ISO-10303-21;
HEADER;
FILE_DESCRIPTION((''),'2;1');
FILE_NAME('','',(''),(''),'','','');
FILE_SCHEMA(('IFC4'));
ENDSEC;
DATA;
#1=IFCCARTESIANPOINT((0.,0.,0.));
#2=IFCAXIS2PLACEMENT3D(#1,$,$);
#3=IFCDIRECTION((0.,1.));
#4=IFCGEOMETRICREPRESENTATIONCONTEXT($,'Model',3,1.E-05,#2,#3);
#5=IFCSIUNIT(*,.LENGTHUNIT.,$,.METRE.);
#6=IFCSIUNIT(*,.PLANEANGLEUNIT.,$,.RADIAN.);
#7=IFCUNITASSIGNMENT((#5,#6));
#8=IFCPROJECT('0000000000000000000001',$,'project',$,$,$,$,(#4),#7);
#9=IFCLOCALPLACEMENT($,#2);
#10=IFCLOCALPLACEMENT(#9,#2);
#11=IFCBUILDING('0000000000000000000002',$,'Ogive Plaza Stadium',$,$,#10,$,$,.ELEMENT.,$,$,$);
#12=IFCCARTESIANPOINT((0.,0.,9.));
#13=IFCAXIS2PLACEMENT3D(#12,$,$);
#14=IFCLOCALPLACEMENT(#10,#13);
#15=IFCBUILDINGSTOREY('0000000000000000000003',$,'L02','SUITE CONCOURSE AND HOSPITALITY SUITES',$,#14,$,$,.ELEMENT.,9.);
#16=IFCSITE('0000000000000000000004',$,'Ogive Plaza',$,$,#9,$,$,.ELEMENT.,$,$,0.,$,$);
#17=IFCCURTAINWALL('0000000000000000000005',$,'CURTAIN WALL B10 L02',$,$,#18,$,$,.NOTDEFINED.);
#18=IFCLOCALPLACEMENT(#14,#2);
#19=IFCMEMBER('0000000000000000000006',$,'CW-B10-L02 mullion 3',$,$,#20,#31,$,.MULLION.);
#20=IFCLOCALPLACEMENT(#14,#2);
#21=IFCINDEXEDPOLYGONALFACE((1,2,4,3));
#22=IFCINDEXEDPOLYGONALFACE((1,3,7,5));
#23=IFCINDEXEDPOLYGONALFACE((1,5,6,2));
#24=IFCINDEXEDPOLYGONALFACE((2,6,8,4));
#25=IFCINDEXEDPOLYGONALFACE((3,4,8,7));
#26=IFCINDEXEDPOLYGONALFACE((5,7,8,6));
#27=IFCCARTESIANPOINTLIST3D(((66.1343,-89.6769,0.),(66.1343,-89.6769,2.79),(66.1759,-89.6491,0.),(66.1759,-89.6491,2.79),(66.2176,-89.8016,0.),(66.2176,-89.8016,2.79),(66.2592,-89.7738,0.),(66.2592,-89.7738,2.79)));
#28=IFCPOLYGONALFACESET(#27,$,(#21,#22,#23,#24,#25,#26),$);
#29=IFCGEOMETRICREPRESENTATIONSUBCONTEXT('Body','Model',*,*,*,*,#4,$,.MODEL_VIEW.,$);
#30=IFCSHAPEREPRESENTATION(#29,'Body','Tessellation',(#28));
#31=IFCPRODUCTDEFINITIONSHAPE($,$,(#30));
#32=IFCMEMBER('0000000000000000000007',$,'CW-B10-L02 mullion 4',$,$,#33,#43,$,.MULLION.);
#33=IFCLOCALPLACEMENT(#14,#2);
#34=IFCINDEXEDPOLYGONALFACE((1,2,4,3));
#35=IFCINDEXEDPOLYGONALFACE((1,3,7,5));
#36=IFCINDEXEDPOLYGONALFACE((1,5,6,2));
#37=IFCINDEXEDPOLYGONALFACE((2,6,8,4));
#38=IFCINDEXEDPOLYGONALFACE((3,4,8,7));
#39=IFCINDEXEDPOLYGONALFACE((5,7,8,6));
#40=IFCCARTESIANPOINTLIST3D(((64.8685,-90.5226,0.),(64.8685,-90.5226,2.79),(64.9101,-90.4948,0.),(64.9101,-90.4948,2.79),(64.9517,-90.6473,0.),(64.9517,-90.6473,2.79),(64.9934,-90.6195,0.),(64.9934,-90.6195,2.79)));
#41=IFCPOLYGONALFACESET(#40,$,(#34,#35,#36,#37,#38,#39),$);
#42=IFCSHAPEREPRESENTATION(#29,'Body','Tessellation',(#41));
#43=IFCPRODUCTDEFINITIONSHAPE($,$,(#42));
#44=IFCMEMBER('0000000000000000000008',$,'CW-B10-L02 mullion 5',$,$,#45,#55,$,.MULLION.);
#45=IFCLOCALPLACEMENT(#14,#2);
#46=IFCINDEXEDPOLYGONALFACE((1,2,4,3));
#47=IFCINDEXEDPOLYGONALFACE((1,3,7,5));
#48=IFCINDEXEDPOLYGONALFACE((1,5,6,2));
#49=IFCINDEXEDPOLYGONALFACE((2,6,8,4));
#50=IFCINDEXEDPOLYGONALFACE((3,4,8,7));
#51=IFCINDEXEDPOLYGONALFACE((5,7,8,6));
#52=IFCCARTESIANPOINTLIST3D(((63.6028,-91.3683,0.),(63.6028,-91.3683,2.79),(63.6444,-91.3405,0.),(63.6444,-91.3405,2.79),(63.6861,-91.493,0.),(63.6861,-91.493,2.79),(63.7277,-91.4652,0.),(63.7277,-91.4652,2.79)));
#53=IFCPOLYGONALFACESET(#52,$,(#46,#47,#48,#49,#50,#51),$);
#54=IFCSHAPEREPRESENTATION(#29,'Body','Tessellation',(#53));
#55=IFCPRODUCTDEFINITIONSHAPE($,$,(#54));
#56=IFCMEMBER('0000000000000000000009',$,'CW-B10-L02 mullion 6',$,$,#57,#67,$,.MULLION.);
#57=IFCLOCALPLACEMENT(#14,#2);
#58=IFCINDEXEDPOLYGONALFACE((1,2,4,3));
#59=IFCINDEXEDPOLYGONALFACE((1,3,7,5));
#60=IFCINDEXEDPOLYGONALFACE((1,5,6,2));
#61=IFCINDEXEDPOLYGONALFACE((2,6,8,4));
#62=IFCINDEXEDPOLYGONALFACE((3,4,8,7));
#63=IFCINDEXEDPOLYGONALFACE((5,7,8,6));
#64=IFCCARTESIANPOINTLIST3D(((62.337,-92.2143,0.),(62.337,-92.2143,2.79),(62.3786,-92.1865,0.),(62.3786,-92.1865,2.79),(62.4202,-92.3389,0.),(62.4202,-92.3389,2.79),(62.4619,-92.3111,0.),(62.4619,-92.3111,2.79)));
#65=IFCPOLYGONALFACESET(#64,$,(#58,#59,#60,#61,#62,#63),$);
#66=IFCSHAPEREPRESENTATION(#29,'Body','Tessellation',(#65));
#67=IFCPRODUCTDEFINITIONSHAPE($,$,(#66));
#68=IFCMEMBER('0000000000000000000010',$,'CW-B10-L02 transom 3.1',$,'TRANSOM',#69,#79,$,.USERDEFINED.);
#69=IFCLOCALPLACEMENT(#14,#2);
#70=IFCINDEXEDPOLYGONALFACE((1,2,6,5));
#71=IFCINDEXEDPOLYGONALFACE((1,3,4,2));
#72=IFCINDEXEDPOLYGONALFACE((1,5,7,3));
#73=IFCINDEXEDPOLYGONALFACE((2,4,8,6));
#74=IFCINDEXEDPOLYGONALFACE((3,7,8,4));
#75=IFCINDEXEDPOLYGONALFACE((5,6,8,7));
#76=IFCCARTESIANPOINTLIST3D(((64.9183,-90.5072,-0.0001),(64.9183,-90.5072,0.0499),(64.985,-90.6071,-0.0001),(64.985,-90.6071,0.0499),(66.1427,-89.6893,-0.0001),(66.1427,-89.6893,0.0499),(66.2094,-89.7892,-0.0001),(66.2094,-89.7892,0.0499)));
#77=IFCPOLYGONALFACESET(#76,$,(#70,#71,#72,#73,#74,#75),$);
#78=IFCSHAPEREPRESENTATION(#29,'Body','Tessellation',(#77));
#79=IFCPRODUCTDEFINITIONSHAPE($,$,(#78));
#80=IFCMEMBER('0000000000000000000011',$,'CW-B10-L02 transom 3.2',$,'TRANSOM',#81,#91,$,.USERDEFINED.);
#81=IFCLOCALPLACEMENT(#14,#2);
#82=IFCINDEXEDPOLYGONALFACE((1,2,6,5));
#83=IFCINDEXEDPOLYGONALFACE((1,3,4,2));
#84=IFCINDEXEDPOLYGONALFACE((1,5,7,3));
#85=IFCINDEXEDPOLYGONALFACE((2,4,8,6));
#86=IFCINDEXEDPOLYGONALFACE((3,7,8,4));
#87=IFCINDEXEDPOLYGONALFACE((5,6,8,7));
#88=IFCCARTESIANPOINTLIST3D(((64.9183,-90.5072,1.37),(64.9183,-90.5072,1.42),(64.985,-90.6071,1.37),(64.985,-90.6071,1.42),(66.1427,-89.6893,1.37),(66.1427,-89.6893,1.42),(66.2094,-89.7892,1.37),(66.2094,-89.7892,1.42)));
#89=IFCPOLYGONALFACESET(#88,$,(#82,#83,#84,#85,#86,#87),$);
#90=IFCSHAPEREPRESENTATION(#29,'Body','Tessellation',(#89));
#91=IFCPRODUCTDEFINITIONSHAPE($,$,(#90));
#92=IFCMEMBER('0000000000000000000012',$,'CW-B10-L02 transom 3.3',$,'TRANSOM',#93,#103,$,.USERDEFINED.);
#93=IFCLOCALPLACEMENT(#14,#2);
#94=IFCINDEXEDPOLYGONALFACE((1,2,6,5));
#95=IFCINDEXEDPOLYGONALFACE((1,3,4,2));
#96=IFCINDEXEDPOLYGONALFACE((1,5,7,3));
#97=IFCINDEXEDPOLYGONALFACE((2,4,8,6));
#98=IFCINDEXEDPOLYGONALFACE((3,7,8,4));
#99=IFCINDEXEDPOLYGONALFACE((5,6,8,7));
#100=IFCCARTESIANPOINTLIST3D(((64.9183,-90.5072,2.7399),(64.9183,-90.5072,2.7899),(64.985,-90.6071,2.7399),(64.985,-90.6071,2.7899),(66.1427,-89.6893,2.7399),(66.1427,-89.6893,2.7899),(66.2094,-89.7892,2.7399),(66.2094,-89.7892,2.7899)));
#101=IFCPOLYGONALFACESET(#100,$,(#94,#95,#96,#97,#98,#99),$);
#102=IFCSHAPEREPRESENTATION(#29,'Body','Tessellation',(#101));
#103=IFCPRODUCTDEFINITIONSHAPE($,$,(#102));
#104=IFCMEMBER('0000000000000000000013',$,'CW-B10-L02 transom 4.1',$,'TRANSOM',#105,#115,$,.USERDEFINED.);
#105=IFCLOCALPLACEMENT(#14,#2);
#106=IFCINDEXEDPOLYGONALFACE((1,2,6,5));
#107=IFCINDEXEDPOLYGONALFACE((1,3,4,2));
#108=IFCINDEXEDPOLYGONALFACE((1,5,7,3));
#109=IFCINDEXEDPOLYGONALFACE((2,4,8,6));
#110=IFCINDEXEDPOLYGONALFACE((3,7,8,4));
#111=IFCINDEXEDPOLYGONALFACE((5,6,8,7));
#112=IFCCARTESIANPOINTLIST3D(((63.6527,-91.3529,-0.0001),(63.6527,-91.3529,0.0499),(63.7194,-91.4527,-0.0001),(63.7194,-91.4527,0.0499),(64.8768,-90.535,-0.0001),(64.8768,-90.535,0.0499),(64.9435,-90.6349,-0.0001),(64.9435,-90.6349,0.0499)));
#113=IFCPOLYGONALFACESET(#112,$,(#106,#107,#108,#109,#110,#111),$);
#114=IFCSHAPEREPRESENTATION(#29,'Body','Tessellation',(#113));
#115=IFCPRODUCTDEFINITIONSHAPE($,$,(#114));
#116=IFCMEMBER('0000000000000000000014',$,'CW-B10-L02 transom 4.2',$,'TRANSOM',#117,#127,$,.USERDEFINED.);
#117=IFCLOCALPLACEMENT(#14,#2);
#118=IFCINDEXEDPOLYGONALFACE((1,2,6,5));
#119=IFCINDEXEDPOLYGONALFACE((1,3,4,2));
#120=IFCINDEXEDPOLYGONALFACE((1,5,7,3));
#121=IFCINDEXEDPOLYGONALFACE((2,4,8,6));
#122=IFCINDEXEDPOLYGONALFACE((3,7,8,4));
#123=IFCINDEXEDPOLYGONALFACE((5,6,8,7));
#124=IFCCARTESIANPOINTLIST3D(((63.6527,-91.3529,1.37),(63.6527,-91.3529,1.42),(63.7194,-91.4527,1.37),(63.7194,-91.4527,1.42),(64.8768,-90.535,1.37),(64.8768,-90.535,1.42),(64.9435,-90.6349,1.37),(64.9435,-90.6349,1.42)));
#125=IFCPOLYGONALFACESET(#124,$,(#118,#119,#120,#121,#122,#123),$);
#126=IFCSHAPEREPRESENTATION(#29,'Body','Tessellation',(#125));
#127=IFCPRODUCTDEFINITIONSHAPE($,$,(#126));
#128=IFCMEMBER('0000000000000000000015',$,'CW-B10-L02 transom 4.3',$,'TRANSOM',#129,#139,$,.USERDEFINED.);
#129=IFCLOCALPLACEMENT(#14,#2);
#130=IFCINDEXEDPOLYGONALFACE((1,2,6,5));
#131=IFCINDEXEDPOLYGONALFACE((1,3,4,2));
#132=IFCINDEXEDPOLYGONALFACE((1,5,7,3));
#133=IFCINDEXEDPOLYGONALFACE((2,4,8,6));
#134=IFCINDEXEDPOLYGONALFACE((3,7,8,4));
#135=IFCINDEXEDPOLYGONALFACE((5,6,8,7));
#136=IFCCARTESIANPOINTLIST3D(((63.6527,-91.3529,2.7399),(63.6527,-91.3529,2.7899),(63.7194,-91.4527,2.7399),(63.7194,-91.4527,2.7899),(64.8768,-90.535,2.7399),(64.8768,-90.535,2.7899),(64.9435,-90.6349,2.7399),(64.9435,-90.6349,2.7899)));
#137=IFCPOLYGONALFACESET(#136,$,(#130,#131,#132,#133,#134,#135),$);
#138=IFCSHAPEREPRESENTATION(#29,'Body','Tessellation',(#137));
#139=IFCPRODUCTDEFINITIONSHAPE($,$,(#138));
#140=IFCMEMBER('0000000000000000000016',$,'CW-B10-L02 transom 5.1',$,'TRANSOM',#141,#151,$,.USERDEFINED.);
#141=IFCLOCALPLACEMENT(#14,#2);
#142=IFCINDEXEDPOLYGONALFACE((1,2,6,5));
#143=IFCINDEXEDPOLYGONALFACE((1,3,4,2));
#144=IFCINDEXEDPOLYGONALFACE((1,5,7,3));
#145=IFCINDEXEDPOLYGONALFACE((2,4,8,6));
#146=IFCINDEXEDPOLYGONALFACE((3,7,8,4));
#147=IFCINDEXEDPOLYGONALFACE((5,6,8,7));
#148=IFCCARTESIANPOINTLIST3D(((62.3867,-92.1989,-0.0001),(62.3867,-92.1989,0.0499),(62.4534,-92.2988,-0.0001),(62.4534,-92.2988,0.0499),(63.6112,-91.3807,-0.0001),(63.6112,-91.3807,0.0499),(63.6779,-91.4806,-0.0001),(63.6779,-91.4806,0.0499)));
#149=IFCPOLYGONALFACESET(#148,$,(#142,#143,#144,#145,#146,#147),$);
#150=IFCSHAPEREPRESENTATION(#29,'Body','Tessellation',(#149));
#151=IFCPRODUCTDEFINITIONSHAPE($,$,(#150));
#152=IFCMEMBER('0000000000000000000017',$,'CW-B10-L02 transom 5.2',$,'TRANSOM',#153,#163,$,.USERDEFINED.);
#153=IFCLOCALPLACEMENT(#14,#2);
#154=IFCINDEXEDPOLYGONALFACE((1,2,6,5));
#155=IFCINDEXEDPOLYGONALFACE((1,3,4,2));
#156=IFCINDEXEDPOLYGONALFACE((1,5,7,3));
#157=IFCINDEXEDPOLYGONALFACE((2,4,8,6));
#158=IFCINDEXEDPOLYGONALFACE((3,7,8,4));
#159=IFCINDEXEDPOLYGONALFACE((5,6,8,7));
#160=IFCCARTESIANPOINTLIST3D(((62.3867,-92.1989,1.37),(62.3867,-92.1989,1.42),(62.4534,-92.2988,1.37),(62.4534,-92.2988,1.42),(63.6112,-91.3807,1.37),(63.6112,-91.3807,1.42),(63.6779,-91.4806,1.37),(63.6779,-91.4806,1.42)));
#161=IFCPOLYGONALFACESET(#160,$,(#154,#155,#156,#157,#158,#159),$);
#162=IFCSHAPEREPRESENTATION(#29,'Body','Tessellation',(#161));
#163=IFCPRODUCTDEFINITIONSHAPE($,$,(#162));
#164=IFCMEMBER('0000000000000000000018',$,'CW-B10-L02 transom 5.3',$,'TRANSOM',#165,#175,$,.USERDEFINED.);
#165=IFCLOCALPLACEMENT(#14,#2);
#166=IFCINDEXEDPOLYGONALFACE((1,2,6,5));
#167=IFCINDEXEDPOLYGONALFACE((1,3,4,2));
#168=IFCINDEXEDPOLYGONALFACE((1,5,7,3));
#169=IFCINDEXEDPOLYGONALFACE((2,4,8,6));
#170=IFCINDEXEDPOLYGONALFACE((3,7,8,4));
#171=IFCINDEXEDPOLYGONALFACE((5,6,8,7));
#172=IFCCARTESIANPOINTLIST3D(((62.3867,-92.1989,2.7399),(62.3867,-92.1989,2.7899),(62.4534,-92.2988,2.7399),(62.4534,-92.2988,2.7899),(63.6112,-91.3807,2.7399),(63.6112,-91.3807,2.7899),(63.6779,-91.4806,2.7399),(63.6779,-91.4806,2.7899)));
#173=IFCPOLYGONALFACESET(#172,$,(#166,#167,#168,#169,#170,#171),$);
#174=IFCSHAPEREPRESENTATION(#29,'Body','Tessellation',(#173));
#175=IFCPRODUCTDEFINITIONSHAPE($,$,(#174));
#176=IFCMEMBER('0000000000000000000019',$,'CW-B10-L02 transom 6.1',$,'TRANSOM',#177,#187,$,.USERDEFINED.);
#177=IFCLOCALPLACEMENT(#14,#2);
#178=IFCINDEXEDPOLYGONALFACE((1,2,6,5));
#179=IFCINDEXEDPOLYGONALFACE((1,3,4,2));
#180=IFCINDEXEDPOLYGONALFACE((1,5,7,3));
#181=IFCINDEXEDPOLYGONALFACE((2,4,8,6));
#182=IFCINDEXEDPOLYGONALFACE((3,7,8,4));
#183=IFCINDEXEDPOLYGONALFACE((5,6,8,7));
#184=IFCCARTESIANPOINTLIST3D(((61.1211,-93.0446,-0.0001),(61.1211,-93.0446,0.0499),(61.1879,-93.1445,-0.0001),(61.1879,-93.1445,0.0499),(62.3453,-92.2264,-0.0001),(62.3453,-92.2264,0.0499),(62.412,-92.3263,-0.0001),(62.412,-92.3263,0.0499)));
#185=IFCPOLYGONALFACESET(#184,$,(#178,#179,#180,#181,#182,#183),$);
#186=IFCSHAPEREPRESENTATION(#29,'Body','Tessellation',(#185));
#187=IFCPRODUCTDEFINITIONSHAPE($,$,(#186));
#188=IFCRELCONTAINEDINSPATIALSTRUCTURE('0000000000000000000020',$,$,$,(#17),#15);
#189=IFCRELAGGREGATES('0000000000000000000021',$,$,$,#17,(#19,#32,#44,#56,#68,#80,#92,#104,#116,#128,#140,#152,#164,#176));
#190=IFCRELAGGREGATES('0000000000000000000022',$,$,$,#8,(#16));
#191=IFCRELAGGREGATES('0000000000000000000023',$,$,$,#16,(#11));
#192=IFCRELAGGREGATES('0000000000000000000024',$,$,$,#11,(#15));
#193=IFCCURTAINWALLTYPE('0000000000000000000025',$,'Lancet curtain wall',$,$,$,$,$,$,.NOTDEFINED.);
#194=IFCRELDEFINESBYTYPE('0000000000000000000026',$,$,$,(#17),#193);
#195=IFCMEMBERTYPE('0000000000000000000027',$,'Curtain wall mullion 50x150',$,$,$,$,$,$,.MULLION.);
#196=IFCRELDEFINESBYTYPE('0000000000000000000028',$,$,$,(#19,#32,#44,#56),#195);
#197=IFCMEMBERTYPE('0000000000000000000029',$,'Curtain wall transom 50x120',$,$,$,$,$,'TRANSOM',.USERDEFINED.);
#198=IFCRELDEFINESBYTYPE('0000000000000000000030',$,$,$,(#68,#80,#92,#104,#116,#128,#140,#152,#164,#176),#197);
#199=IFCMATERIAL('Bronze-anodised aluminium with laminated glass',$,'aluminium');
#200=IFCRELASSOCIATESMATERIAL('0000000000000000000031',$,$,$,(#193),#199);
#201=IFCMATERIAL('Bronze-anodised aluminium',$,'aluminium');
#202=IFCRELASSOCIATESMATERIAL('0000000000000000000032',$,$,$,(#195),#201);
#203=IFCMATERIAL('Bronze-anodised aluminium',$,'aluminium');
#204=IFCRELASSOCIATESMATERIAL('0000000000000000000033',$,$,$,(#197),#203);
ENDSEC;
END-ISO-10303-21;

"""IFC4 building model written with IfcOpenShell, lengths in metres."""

from ifc_helpers import new_model, si_unit, direction, frame, origin, origin_2d, place, context, subcontext, project, spatial, rectangle, extrude, material, material_profile, profile_set, type_object, element, aggregate, save


model = new_model("IFC4")

# Units and contexts
model_context = context("Model", 3, precision=1e-05, world=origin(), true_north=direction((0.0, 1.0)))
body_context = subcontext(model_context, "Body", "Model", "MODEL_VIEW")
ifc_project = project(units=[si_unit("LENGTHUNIT", "METRE"), si_unit("PLANEANGLEUNIT", "RADIAN")], contexts=[model_context])

# Site, building, storey
site_placement = place(None, origin())
site = spatial("IfcSite", under=ifc_project, at=site_placement, Name="Ogive Plaza", CompositionType="ELEMENT", RefElevation=0.0)
building_placement = place(site_placement, origin())
building = spatial("IfcBuilding", under=site, at=building_placement, Name="Ogive Plaza Stadium", CompositionType="ELEMENT")
storey_placement = place(building_placement, frame((0.0, 0.0, 9.0)))
storey = spatial("IfcBuildingStorey", under=building, at=storey_placement, Name="L02", Description="SUITE CONCOURSE AND HOSPITALITY SUITES", CompositionType="ELEMENT", Elevation=9.0)

# Curtain wall, members
ifc_material_1 = material(Name="Bronze-anodised aluminium with laminated glass", Category="aluminium")
curtain_wall_type = type_object("IfcCurtainWallType", Name="Lancet curtain wall", PredefinedType="NOTDEFINED", material=ifc_material_1)
curtain_wall_placement = place(storey_placement, origin())
curtain_wall = element("IfcCurtainWall", 1, at=curtain_wall_placement, inside=storey, type_object=curtain_wall_type, Name="CURTAIN WALL B10 L02", PredefinedType="NOTDEFINED")
ifc_material_2 = material(Name="Bronze-anodised aluminium", Category="aluminium")
ifc_material_profile_1 = material_profile(ifc_material_2, rectangle(XDim=0.1499, YDim=0.05, at=origin_2d()), Name="AL 150x50")
ifc_profile_set_1 = profile_set([ifc_material_profile_1], Name="Bronze-anodised aluminium")
member_type_1 = type_object("IfcMemberType", Name="Curtain wall mullion 50x150", PredefinedType="MULLION", material=ifc_profile_set_1)
member_1_placement = place(storey_placement, frame((66.1968, -89.7253, 0.0), z_axis=(0.0, 0.0, 1.0), x_axis=(0.55557, -0.83147, 0.0)))
member_1 = element("IfcMember", 2, at=member_1_placement, type_object=member_type_1, Name="CW-B10-L02 mullion 3", PredefinedType="MULLION", context=body_context, shape_type="SweptSolid", body=[
    extrude(rectangle(XDim=0.1499, YDim=0.05, at=origin_2d()), origin(), (0.0, 0.0, 1.0), 2.79),
])
member_2_placement = place(storey_placement, frame((64.9309, -90.571, 0.0), z_axis=(0.0, 0.0, 1.0), x_axis=(0.55557, -0.83147, 0.0)))
member_2 = element("IfcMember", 3, at=member_2_placement, type_object=member_type_1, Name="CW-B10-L02 mullion 4", PredefinedType="MULLION", context=body_context, shape_type="SweptSolid", body=[
    extrude(rectangle(XDim=0.1499, YDim=0.05, at=origin_2d()), origin(), (0.0, 0.0, 1.0), 2.79),
])
member_3_placement = place(storey_placement, frame((63.6653, -91.4167, 0.0), z_axis=(0.0, 0.0, 1.0), x_axis=(0.55557, -0.83147, 0.0)))
member_3 = element("IfcMember", 4, at=member_3_placement, type_object=member_type_1, Name="CW-B10-L02 mullion 5", PredefinedType="MULLION", context=body_context, shape_type="SweptSolid", body=[
    extrude(rectangle(XDim=0.1499, YDim=0.05, at=origin_2d()), origin(), (0.0, 0.0, 1.0), 2.79),
])
member_4_placement = place(storey_placement, frame((62.3994, -92.2627, 0.0), z_axis=(0.0, 0.0, 1.0), x_axis=(0.55557, -0.83147, 0.0)))
member_4 = element("IfcMember", 5, at=member_4_placement, type_object=member_type_1, Name="CW-B10-L02 mullion 6", PredefinedType="MULLION", context=body_context, shape_type="SweptSolid", body=[
    extrude(rectangle(XDim=0.1499, YDim=0.05, at=origin_2d()), origin(), (0.0, 0.0, 1.0), 2.79),
])
ifc_material_3 = material(Name="Bronze-anodised aluminium", Category="aluminium")
ifc_material_profile_2 = material_profile(ifc_material_3, rectangle(XDim=0.1201, YDim=0.05, at=origin_2d()), Name="AL 120x50")
ifc_profile_set_2 = profile_set([ifc_material_profile_2], Name="Bronze-anodised aluminium")
member_type_2 = type_object("IfcMemberType", Name="Curtain wall transom 50x120", ElementType="TRANSOM", PredefinedType="USERDEFINED", material=ifc_profile_set_2)
member_5_placement = place(storey_placement, frame((66.176, -89.7393, 0.0249), z_axis=(-0.83154, -0.555465, 0.0), x_axis=(0.555465, -0.83154, 0.0)))
member_5 = element("IfcMember", 6, at=member_5_placement, type_object=member_type_2, Name="CW-B10-L02 transom 3.1", ObjectType="TRANSOM", PredefinedType="USERDEFINED", context=body_context, shape_type="SweptSolid", body=[
    extrude(rectangle(XDim=0.1201, YDim=0.05, at=origin_2d()), origin(), (0.0, 0.0, 1.0), 1.4724),
])
member_6_placement = place(storey_placement, frame((66.176, -89.7393, 1.395), z_axis=(-0.83154, -0.555465, 0.0), x_axis=(0.555465, -0.83154, 0.0)))
member_6 = element("IfcMember", 7, at=member_6_placement, type_object=member_type_2, Name="CW-B10-L02 transom 3.2", ObjectType="TRANSOM", PredefinedType="USERDEFINED", context=body_context, shape_type="SweptSolid", body=[
    extrude(rectangle(XDim=0.1201, YDim=0.05, at=origin_2d()), origin(), (0.0, 0.0, 1.0), 1.4724),
])
member_7_placement = place(storey_placement, frame((66.176, -89.7393, 2.7649), z_axis=(-0.83154, -0.555465, 0.0), x_axis=(0.555465, -0.83154, 0.0)))
member_7 = element("IfcMember", 8, at=member_7_placement, type_object=member_type_2, Name="CW-B10-L02 transom 3.3", ObjectType="TRANSOM", PredefinedType="USERDEFINED", context=body_context, shape_type="SweptSolid", body=[
    extrude(rectangle(XDim=0.1201, YDim=0.05, at=origin_2d()), origin(), (0.0, 0.0, 1.0), 1.4724),
])
member_8_placement = place(storey_placement, frame((64.9102, -90.585, 0.0249), z_axis=(-0.831489, -0.555542, 0.0), x_axis=(0.555542, -0.831489, 0.0)))
member_8 = element("IfcMember", 9, at=member_8_placement, type_object=member_type_2, Name="CW-B10-L02 transom 4.1", ObjectType="TRANSOM", PredefinedType="USERDEFINED", context=body_context, shape_type="SweptSolid", body=[
    extrude(rectangle(XDim=0.1201, YDim=0.05, at=origin_2d()), origin(), (0.0, 0.0, 1.0), 1.4722),
])
member_9_placement = place(storey_placement, frame((64.9102, -90.585, 1.395), z_axis=(-0.831489, -0.555542, 0.0), x_axis=(0.555542, -0.831489, 0.0)))
member_9 = element("IfcMember", 10, at=member_9_placement, type_object=member_type_2, Name="CW-B10-L02 transom 4.2", ObjectType="TRANSOM", PredefinedType="USERDEFINED", context=body_context, shape_type="SweptSolid", body=[
    extrude(rectangle(XDim=0.1201, YDim=0.05, at=origin_2d()), origin(), (0.0, 0.0, 1.0), 1.4722),
])
member_10_placement = place(storey_placement, frame((64.9102, -90.585, 2.7649), z_axis=(-0.831489, -0.555542, 0.0), x_axis=(0.555542, -0.831489, 0.0)))
member_10 = element("IfcMember", 11, at=member_10_placement, type_object=member_type_2, Name="CW-B10-L02 transom 4.3", ObjectType="TRANSOM", PredefinedType="USERDEFINED", context=body_context, shape_type="SweptSolid", body=[
    extrude(rectangle(XDim=0.1201, YDim=0.05, at=origin_2d()), origin(), (0.0, 0.0, 1.0), 1.4722),
])
member_11_placement = place(storey_placement, frame((63.6445, -91.4307, 0.0249), z_axis=(-0.831463, -0.55558, 0.0), x_axis=(0.55558, -0.831463, 0.0)))
member_11 = element("IfcMember", 12, at=member_11_placement, type_object=member_type_2, Name="CW-B10-L02 transom 5.1", ObjectType="TRANSOM", PredefinedType="USERDEFINED", context=body_context, shape_type="SweptSolid", body=[
    extrude(rectangle(XDim=0.1201, YDim=0.05, at=origin_2d()), origin(), (0.0, 0.0, 1.0), 1.4727),
])
member_12_placement = place(storey_placement, frame((63.6445, -91.4307, 1.395), z_axis=(-0.831463, -0.55558, 0.0), x_axis=(0.55558, -0.831463, 0.0)))
member_12 = element("IfcMember", 13, at=member_12_placement, type_object=member_type_2, Name="CW-B10-L02 transom 5.2", ObjectType="TRANSOM", PredefinedType="USERDEFINED", context=body_context, shape_type="SweptSolid", body=[
    extrude(rectangle(XDim=0.1201, YDim=0.05, at=origin_2d()), origin(), (0.0, 0.0, 1.0), 1.4727),
])
member_13_placement = place(storey_placement, frame((63.6445, -91.4307, 2.7649), z_axis=(-0.831463, -0.55558, 0.0), x_axis=(0.55558, -0.831463, 0.0)))
member_13 = element("IfcMember", 14, at=member_13_placement, type_object=member_type_2, Name="CW-B10-L02 transom 5.3", ObjectType="TRANSOM", PredefinedType="USERDEFINED", context=body_context, shape_type="SweptSolid", body=[
    extrude(rectangle(XDim=0.1201, YDim=0.05, at=origin_2d()), origin(), (0.0, 0.0, 1.0), 1.4727),
])
member_14_placement = place(storey_placement, frame((62.3787, -92.2764, 0.0249), z_axis=(-0.831412, -0.555656, 0.0), x_axis=(0.555656, -0.831412, 0.0)))
member_14 = element("IfcMember", 15, at=member_14_placement, type_object=member_type_2, Name="CW-B10-L02 transom 6.1", ObjectType="TRANSOM", PredefinedType="USERDEFINED", context=body_context, shape_type="SweptSolid", body=[
    extrude(rectangle(XDim=0.1201, YDim=0.05, at=origin_2d()), origin(), (0.0, 0.0, 1.0), 1.4724),
])
aggregate(curtain_wall, [member_1, member_2, member_3, member_4, member_5, member_6, member_7, member_8, member_9, member_10, member_11, member_12, member_13, member_14])

save(model, "model.ifc")
